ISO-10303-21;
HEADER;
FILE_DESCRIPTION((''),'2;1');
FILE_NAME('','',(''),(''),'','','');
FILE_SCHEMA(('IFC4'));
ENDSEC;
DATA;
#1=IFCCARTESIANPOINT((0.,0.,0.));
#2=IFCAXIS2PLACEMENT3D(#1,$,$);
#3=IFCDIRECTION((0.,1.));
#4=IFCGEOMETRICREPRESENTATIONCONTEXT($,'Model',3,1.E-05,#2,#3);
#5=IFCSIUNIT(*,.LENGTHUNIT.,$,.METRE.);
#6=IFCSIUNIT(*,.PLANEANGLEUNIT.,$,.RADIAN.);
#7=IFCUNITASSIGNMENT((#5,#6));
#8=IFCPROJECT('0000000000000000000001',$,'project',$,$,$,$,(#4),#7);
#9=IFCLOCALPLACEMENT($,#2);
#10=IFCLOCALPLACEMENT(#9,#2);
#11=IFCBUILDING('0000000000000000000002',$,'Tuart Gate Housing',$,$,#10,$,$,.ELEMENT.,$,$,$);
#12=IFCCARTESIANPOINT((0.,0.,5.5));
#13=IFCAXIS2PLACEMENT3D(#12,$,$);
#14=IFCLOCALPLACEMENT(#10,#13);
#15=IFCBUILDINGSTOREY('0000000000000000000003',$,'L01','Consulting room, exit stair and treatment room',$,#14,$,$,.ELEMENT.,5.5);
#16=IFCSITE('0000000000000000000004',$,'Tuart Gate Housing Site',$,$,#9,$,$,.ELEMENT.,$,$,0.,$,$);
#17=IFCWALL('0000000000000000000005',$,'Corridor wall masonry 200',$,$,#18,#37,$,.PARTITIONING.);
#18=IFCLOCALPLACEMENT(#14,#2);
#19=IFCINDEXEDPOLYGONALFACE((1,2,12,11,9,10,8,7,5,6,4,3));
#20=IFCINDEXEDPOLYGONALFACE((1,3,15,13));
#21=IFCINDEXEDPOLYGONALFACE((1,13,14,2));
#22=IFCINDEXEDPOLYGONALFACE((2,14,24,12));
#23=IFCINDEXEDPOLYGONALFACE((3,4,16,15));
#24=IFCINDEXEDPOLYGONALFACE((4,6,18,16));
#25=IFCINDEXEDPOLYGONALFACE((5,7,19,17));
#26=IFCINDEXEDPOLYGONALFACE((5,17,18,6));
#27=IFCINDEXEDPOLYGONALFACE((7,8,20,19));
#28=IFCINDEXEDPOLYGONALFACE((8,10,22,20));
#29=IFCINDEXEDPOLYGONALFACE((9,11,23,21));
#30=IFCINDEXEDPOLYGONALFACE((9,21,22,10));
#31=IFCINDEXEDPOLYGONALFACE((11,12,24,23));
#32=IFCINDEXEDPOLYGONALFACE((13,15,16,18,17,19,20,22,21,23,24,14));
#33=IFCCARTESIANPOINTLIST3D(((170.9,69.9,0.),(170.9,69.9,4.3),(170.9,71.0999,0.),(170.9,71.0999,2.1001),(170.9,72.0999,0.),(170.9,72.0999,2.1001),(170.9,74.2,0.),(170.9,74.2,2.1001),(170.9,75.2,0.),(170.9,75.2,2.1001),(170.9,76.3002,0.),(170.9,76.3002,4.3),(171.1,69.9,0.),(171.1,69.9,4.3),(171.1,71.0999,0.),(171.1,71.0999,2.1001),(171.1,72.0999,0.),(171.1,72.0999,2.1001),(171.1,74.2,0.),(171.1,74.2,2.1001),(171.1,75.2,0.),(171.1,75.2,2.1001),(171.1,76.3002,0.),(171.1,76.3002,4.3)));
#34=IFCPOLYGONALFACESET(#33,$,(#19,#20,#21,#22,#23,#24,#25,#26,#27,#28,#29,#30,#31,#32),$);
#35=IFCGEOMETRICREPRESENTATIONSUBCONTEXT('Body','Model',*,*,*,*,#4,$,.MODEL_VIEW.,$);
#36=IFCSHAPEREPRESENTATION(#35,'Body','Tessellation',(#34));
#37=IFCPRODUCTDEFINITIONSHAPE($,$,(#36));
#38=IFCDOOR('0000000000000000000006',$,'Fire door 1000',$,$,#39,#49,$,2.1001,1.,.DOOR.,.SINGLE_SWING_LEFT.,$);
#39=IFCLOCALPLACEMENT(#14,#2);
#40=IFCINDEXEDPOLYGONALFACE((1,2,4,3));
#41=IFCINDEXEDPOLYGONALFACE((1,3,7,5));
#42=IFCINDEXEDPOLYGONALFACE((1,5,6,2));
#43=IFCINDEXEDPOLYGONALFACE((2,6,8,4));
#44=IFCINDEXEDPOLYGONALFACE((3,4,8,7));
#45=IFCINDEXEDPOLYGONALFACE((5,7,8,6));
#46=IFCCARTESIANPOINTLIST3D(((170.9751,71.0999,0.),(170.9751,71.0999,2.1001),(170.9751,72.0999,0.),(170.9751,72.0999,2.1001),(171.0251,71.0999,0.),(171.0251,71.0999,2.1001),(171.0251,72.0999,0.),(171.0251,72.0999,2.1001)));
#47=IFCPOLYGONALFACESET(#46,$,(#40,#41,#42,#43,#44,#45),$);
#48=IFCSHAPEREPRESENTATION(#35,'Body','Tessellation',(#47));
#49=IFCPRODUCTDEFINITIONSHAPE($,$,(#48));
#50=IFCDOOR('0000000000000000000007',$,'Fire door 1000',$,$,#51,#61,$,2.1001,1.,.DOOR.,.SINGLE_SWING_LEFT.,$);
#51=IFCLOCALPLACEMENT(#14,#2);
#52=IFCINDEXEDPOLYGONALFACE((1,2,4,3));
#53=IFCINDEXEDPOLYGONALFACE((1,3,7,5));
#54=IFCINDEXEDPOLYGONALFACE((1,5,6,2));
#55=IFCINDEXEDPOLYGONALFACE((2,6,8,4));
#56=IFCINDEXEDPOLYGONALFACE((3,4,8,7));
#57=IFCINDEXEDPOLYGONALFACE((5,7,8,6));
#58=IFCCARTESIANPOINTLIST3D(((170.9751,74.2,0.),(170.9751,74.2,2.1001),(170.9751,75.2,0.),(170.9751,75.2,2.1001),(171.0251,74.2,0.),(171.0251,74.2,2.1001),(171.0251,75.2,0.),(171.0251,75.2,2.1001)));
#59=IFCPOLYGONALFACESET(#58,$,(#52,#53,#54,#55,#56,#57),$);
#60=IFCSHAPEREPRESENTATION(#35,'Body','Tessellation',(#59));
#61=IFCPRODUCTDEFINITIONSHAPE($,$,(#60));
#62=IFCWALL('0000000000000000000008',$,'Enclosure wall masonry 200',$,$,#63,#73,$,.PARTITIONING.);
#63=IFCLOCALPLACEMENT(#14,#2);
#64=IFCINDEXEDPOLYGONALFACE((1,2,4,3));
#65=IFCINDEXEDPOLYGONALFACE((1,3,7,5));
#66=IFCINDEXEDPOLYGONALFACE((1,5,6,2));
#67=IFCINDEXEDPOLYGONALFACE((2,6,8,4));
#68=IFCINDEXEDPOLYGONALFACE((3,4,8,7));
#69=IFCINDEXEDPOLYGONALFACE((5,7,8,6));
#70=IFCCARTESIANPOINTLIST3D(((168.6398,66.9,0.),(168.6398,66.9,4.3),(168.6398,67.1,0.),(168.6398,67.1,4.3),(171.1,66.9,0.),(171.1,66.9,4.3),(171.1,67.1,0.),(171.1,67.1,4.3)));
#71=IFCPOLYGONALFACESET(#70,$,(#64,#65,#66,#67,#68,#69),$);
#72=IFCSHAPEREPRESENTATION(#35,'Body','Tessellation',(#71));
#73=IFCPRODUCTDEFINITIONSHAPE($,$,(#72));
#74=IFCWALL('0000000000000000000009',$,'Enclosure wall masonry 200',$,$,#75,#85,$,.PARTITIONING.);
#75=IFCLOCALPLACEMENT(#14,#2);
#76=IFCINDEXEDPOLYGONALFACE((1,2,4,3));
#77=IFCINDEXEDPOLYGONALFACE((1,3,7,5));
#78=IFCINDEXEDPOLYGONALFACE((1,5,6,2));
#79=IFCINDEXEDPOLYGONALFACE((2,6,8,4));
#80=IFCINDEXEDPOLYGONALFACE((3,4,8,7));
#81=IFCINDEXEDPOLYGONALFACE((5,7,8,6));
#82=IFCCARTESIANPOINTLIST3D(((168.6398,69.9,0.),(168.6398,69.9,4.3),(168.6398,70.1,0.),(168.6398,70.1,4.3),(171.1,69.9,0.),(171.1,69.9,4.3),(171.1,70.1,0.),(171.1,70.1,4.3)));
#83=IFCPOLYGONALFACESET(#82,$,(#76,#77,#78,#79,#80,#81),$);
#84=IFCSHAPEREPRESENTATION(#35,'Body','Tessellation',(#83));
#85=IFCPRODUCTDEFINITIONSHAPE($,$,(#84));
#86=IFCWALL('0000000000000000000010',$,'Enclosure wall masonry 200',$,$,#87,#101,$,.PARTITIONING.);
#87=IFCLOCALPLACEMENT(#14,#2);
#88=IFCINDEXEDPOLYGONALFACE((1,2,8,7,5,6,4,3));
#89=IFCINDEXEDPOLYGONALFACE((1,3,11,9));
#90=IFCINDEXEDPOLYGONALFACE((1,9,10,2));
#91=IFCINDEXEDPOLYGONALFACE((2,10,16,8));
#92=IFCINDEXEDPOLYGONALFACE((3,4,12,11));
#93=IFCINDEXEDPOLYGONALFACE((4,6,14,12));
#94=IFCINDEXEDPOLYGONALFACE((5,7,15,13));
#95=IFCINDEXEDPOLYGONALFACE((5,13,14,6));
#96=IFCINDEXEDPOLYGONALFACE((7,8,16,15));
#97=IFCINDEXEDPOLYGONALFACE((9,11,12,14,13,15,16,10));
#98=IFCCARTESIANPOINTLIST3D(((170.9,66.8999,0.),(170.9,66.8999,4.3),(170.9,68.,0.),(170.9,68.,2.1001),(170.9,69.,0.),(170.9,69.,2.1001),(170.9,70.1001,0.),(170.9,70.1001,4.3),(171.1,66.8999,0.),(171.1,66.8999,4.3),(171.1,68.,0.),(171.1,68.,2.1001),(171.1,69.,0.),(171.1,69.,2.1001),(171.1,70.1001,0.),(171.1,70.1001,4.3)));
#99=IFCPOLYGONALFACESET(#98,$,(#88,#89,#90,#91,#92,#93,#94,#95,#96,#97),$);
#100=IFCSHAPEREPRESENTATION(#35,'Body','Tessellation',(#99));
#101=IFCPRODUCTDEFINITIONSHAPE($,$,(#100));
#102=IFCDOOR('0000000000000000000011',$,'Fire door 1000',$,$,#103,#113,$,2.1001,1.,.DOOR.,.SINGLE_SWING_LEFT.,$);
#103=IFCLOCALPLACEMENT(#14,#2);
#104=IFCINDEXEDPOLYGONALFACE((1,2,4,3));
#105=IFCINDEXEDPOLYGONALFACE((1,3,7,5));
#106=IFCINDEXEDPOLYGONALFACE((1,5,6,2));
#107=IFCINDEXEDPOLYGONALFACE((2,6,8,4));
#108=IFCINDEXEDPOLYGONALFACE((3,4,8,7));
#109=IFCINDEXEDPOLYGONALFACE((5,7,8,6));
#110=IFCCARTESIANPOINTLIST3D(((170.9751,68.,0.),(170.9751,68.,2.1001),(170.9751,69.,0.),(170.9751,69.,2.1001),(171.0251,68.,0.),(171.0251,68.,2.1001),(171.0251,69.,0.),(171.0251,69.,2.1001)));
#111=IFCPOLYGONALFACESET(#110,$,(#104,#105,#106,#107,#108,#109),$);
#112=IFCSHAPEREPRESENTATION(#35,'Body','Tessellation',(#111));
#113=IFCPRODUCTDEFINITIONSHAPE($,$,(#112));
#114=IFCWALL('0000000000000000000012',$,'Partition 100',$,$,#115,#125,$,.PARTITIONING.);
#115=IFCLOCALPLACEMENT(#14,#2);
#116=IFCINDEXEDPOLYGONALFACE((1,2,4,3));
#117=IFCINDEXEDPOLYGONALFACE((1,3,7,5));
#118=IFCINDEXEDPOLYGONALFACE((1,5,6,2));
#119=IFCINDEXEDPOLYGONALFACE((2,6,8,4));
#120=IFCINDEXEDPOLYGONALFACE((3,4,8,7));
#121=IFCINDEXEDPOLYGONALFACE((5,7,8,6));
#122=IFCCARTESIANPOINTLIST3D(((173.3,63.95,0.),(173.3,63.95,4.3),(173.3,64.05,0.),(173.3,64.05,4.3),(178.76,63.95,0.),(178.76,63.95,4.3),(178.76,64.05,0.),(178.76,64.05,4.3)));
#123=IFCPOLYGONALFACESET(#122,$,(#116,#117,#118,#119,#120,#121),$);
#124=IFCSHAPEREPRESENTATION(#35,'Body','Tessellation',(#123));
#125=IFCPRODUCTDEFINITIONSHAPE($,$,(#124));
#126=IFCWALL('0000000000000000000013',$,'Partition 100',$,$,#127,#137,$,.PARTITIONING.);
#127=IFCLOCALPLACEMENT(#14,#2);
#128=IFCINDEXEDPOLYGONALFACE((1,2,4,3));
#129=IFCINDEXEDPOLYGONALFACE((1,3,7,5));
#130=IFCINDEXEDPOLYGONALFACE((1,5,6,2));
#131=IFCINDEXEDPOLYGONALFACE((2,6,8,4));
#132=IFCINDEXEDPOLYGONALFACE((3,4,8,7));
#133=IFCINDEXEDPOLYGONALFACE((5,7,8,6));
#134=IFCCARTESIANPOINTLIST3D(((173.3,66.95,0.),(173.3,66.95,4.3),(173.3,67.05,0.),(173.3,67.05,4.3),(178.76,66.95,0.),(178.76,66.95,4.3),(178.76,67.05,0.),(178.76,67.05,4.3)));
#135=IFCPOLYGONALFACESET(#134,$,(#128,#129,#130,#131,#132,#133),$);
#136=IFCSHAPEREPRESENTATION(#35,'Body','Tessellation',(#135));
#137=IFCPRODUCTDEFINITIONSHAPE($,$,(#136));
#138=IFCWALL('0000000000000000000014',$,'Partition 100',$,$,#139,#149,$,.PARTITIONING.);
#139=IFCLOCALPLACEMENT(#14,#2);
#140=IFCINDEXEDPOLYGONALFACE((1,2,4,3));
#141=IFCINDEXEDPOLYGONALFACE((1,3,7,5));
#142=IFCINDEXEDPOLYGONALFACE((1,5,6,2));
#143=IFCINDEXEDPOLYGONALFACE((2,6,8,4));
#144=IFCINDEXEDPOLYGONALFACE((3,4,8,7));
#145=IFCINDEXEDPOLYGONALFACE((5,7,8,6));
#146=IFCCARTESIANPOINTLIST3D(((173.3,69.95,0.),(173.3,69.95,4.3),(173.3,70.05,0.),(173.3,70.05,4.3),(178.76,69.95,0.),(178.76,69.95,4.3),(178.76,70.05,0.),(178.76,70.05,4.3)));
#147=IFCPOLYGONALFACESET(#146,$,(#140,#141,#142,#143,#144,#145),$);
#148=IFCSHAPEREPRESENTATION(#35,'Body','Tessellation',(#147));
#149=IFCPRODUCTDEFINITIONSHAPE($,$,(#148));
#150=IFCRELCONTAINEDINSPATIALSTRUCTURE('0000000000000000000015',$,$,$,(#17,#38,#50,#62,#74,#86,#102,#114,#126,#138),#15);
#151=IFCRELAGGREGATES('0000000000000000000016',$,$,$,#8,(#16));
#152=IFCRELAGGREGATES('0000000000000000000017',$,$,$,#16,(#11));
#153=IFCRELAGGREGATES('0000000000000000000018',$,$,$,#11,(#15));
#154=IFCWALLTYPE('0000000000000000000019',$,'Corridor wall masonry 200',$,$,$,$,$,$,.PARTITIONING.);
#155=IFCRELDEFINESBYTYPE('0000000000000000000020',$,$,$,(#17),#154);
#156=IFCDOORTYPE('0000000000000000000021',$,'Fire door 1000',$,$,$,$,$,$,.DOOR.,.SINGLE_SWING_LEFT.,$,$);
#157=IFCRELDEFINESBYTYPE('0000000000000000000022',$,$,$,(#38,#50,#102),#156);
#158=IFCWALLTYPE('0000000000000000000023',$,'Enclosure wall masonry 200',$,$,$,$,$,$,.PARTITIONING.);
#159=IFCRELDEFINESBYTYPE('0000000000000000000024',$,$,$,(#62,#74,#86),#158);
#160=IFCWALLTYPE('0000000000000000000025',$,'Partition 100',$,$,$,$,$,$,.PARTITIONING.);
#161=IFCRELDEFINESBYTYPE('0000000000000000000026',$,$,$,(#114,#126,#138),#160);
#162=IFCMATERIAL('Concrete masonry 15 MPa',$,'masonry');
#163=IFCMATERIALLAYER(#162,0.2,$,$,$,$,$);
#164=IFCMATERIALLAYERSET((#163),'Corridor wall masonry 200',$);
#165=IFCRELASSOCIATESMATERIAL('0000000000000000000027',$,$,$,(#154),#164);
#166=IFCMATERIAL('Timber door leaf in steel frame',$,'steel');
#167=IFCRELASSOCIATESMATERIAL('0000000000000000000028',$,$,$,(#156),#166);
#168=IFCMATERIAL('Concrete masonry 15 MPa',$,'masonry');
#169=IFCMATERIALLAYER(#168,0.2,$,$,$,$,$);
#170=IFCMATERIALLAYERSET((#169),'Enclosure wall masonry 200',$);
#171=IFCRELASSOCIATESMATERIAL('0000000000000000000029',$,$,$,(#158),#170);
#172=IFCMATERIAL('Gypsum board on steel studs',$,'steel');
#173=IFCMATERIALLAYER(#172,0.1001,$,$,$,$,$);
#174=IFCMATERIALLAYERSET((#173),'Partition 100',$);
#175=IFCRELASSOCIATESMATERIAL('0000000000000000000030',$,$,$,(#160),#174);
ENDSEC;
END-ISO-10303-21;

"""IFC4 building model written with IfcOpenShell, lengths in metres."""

from ifc_helpers import new_model, si_unit, direction, frame, frame_2d, origin, place, context, subcontext, project, spatial, rectangle, extrude, material, layer, layer_set, type_object, element, fill, save


model = new_model("IFC4")

# Units and contexts
model_context = context("Model", 3, precision=1e-05, world=origin(), true_north=direction((0.0, 1.0)))
body_context = subcontext(model_context, "Body", "Model", "MODEL_VIEW")
ifc_project = project(units=[si_unit("LENGTHUNIT", "METRE"), si_unit("PLANEANGLEUNIT", "RADIAN")], contexts=[model_context])

# Site, building, storey
site_placement = place(None, origin())
site = spatial("IfcSite", under=ifc_project, at=site_placement, Name="Tuart Gate Housing Site", CompositionType="ELEMENT", RefElevation=0.0)
building_placement = place(site_placement, origin())
building = spatial("IfcBuilding", under=site, at=building_placement, Name="Tuart Gate Housing", CompositionType="ELEMENT")
storey_placement = place(building_placement, frame((0.0, 0.0, 5.5)))
storey = spatial("IfcBuildingStorey", under=building, at=storey_placement, Name="L01", Description="Consulting room, exit stair and treatment room", CompositionType="ELEMENT", Elevation=5.5)

# Wall, openings, doors
ifc_material_1 = material(Name="Concrete masonry 15 MPa", Category="masonry")
ifc_layer_1 = layer(ifc_material_1, 0.2)
ifc_layer_set_1 = layer_set([ifc_layer_1], Name="Corridor wall masonry 200")
wall_type_1 = type_object("IfcWallType", Name="Corridor wall masonry 200", PredefinedType="PARTITIONING", material=ifc_layer_set_1)
wall_1_placement = place(storey_placement, frame((171.0, 69.8999, 0.0), z_axis=(0.0, 0.0, 1.0), x_axis=(0.0, 1.0, 0.0)))
wall_1 = element("IfcWall", 1, at=wall_1_placement, inside=storey, type_object=wall_type_1, Name="Corridor wall masonry 200", PredefinedType="PARTITIONING", context=body_context, shape_type="SweptSolid", body=[
    extrude(rectangle(XDim=6.4001, YDim=0.2, at=frame_2d((3.2002, 0.0))), origin(), (0.0, 0.0, 1.0), 4.3),
])
opening_1_placement = place(wall_1_placement, frame((1.2, 0.0, 0.0)))
opening_1 = element("IfcOpeningElement", 2, at=opening_1_placement, cuts=wall_1, PredefinedType="OPENING", context=body_context, shape_type="SweptSolid", body=[
    extrude(rectangle(XDim=1.0, YDim=2.1001, at=frame_2d((0.5, 1.05))), frame((0.0, 0.1099, 0.0), z_axis=(0.0, -1.0, 0.0), x_axis=(1.0, 0.0, 0.0)), (0.0, 0.0, 1.0), 0.22),
])
opening_2_placement = place(wall_1_placement, frame((4.3, 0.0, 0.0)))
opening_2 = element("IfcOpeningElement", 3, at=opening_2_placement, cuts=wall_1, PredefinedType="OPENING", context=body_context, shape_type="SweptSolid", body=[
    extrude(rectangle(XDim=1.0, YDim=2.1001, at=frame_2d((0.5, 1.05))), frame((0.0, 0.1099, 0.0), z_axis=(0.0, -1.0, 0.0), x_axis=(1.0, 0.0, 0.0)), (0.0, 0.0, 1.0), 0.22),
])
ifc_material_2 = material(Name="Timber door leaf in steel frame", Category="steel")
door_type = type_object("IfcDoorType", Name="Fire door 1000", OperationType="SINGLE_SWING_LEFT", PredefinedType="DOOR", material=ifc_material_2)
door_1_placement = place(opening_1_placement, origin())
door_1 = element("IfcDoor", 4, at=door_1_placement, inside=storey, type_object=door_type, Name="Fire door 1000", OperationType="SINGLE_SWING_LEFT", OverallHeight=2.1001, OverallWidth=1.0, PredefinedType="DOOR", context=body_context, shape_type="SweptSolid", body=[
    extrude(rectangle(XDim=1.0, YDim=2.1001, at=frame_2d((0.5, 1.05))), frame((0.0, 0.0249, 0.0), z_axis=(0.0, -1.0, 0.0), x_axis=(1.0, 0.0, 0.0)), (0.0, 0.0, 1.0), 0.05),
])
fill(opening_1, door_1)
door_2_placement = place(opening_2_placement, origin())
door_2 = element("IfcDoor", 5, at=door_2_placement, inside=storey, type_object=door_type, Name="Fire door 1000", OperationType="SINGLE_SWING_LEFT", OverallHeight=2.1001, OverallWidth=1.0, PredefinedType="DOOR", context=body_context, shape_type="SweptSolid", body=[
    extrude(rectangle(XDim=1.0, YDim=2.1001, at=frame_2d((0.5, 1.05))), frame((0.0, 0.0249, 0.0), z_axis=(0.0, -1.0, 0.0), x_axis=(1.0, 0.0, 0.0)), (0.0, 0.0, 1.0), 0.05),
])
fill(opening_2, door_2)

# Walls
ifc_material_3 = material(Name="Concrete masonry 15 MPa", Category="masonry")
ifc_layer_2 = layer(ifc_material_3, 0.2)
ifc_layer_set_2 = layer_set([ifc_layer_2], Name="Enclosure wall masonry 200")
wall_type_2 = type_object("IfcWallType", Name="Enclosure wall masonry 200", PredefinedType="PARTITIONING", material=ifc_layer_set_2)
for number, where, z_axis, x_axis, name in (
    (6, (168.6399, 67.0, 0.0), (0.0, 0.0, 1.0), (1.0, 0.0, 0.0), "Enclosure wall masonry 200"),
    (7, (168.6399, 70.0, 0.0), (0.0, 0.0, 1.0), (1.0, 0.0, 0.0), "Enclosure wall masonry 200"),
):
    element("IfcWall", number, at=place(storey_placement, frame(where, z_axis=z_axis, x_axis=x_axis)), inside=storey, type_object=wall_type_2, Name=name, PredefinedType="PARTITIONING", context=body_context, shape_type="SweptSolid", body=[
        extrude(rectangle(XDim=2.4602, YDim=0.2, at=frame_2d((1.23, 0.0))), origin(), (0.0, 0.0, 1.0), 4.3),
    ])

# Wall, opening, door
wall_2_placement = place(storey_placement, frame((171.0, 66.8999, 0.0), z_axis=(0.0, 0.0, 1.0), x_axis=(0.0, 1.0, 0.0)))
wall_2 = element("IfcWall", 8, at=wall_2_placement, inside=storey, type_object=wall_type_2, Name="Enclosure wall masonry 200", PredefinedType="PARTITIONING", context=body_context, shape_type="SweptSolid", body=[
    extrude(rectangle(XDim=3.2002, YDim=0.2, at=frame_2d((1.6001, 0.0))), origin(), (0.0, 0.0, 1.0), 4.3),
])
opening_3_placement = place(wall_2_placement, frame((1.1001, 0.0, 0.0)))
opening_3 = element("IfcOpeningElement", 9, at=opening_3_placement, cuts=wall_2, PredefinedType="OPENING", context=body_context, shape_type="SweptSolid", body=[
    extrude(rectangle(XDim=1.0, YDim=2.1001, at=frame_2d((0.5, 1.05))), frame((0.0, 0.1099, 0.0), z_axis=(0.0, -1.0, 0.0), x_axis=(1.0, 0.0, 0.0)), (0.0, 0.0, 1.0), 0.22),
])
door_3_placement = place(opening_3_placement, origin())
door_3 = element("IfcDoor", 10, at=door_3_placement, inside=storey, type_object=door_type, Name="Fire door 1000", OperationType="SINGLE_SWING_LEFT", OverallHeight=2.1001, OverallWidth=1.0, PredefinedType="DOOR", context=body_context, shape_type="SweptSolid", body=[
    extrude(rectangle(XDim=1.0, YDim=2.1001, at=frame_2d((0.5, 1.05))), frame((0.0, 0.0249, 0.0), z_axis=(0.0, -1.0, 0.0), x_axis=(1.0, 0.0, 0.0)), (0.0, 0.0, 1.0), 0.05),
])
fill(opening_3, door_3)

# Walls
ifc_material_4 = material(Name="Gypsum board on steel studs", Category="steel")
ifc_layer_3 = layer(ifc_material_4, 0.1001)
ifc_layer_set_3 = layer_set([ifc_layer_3], Name="Partition 100")
wall_type_3 = type_object("IfcWallType", Name="Partition 100", PredefinedType="PARTITIONING", material=ifc_layer_set_3)
for number, where, z_axis, x_axis, name in (
    (11, (173.3, 64.0, 0.0), (0.0, 0.0, 1.0), (1.0, 0.0, 0.0), "Partition 100"),
    (12, (173.3, 67.0, 0.0), (0.0, 0.0, 1.0), (1.0, 0.0, 0.0), "Partition 100"),
    (13, (173.3, 70.0, 0.0), (0.0, 0.0, 1.0), (1.0, 0.0, 0.0), "Partition 100"),
):
    element("IfcWall", number, at=place(storey_placement, frame(where, z_axis=z_axis, x_axis=x_axis)), inside=storey, type_object=wall_type_3, Name=name, PredefinedType="PARTITIONING", context=body_context, shape_type="SweptSolid", body=[
        extrude(rectangle(XDim=5.46, YDim=0.1001, at=frame_2d((2.73, 0.0))), origin(), (0.0, 0.0, 1.0), 4.3),
    ])

save(model, "model.ifc")
